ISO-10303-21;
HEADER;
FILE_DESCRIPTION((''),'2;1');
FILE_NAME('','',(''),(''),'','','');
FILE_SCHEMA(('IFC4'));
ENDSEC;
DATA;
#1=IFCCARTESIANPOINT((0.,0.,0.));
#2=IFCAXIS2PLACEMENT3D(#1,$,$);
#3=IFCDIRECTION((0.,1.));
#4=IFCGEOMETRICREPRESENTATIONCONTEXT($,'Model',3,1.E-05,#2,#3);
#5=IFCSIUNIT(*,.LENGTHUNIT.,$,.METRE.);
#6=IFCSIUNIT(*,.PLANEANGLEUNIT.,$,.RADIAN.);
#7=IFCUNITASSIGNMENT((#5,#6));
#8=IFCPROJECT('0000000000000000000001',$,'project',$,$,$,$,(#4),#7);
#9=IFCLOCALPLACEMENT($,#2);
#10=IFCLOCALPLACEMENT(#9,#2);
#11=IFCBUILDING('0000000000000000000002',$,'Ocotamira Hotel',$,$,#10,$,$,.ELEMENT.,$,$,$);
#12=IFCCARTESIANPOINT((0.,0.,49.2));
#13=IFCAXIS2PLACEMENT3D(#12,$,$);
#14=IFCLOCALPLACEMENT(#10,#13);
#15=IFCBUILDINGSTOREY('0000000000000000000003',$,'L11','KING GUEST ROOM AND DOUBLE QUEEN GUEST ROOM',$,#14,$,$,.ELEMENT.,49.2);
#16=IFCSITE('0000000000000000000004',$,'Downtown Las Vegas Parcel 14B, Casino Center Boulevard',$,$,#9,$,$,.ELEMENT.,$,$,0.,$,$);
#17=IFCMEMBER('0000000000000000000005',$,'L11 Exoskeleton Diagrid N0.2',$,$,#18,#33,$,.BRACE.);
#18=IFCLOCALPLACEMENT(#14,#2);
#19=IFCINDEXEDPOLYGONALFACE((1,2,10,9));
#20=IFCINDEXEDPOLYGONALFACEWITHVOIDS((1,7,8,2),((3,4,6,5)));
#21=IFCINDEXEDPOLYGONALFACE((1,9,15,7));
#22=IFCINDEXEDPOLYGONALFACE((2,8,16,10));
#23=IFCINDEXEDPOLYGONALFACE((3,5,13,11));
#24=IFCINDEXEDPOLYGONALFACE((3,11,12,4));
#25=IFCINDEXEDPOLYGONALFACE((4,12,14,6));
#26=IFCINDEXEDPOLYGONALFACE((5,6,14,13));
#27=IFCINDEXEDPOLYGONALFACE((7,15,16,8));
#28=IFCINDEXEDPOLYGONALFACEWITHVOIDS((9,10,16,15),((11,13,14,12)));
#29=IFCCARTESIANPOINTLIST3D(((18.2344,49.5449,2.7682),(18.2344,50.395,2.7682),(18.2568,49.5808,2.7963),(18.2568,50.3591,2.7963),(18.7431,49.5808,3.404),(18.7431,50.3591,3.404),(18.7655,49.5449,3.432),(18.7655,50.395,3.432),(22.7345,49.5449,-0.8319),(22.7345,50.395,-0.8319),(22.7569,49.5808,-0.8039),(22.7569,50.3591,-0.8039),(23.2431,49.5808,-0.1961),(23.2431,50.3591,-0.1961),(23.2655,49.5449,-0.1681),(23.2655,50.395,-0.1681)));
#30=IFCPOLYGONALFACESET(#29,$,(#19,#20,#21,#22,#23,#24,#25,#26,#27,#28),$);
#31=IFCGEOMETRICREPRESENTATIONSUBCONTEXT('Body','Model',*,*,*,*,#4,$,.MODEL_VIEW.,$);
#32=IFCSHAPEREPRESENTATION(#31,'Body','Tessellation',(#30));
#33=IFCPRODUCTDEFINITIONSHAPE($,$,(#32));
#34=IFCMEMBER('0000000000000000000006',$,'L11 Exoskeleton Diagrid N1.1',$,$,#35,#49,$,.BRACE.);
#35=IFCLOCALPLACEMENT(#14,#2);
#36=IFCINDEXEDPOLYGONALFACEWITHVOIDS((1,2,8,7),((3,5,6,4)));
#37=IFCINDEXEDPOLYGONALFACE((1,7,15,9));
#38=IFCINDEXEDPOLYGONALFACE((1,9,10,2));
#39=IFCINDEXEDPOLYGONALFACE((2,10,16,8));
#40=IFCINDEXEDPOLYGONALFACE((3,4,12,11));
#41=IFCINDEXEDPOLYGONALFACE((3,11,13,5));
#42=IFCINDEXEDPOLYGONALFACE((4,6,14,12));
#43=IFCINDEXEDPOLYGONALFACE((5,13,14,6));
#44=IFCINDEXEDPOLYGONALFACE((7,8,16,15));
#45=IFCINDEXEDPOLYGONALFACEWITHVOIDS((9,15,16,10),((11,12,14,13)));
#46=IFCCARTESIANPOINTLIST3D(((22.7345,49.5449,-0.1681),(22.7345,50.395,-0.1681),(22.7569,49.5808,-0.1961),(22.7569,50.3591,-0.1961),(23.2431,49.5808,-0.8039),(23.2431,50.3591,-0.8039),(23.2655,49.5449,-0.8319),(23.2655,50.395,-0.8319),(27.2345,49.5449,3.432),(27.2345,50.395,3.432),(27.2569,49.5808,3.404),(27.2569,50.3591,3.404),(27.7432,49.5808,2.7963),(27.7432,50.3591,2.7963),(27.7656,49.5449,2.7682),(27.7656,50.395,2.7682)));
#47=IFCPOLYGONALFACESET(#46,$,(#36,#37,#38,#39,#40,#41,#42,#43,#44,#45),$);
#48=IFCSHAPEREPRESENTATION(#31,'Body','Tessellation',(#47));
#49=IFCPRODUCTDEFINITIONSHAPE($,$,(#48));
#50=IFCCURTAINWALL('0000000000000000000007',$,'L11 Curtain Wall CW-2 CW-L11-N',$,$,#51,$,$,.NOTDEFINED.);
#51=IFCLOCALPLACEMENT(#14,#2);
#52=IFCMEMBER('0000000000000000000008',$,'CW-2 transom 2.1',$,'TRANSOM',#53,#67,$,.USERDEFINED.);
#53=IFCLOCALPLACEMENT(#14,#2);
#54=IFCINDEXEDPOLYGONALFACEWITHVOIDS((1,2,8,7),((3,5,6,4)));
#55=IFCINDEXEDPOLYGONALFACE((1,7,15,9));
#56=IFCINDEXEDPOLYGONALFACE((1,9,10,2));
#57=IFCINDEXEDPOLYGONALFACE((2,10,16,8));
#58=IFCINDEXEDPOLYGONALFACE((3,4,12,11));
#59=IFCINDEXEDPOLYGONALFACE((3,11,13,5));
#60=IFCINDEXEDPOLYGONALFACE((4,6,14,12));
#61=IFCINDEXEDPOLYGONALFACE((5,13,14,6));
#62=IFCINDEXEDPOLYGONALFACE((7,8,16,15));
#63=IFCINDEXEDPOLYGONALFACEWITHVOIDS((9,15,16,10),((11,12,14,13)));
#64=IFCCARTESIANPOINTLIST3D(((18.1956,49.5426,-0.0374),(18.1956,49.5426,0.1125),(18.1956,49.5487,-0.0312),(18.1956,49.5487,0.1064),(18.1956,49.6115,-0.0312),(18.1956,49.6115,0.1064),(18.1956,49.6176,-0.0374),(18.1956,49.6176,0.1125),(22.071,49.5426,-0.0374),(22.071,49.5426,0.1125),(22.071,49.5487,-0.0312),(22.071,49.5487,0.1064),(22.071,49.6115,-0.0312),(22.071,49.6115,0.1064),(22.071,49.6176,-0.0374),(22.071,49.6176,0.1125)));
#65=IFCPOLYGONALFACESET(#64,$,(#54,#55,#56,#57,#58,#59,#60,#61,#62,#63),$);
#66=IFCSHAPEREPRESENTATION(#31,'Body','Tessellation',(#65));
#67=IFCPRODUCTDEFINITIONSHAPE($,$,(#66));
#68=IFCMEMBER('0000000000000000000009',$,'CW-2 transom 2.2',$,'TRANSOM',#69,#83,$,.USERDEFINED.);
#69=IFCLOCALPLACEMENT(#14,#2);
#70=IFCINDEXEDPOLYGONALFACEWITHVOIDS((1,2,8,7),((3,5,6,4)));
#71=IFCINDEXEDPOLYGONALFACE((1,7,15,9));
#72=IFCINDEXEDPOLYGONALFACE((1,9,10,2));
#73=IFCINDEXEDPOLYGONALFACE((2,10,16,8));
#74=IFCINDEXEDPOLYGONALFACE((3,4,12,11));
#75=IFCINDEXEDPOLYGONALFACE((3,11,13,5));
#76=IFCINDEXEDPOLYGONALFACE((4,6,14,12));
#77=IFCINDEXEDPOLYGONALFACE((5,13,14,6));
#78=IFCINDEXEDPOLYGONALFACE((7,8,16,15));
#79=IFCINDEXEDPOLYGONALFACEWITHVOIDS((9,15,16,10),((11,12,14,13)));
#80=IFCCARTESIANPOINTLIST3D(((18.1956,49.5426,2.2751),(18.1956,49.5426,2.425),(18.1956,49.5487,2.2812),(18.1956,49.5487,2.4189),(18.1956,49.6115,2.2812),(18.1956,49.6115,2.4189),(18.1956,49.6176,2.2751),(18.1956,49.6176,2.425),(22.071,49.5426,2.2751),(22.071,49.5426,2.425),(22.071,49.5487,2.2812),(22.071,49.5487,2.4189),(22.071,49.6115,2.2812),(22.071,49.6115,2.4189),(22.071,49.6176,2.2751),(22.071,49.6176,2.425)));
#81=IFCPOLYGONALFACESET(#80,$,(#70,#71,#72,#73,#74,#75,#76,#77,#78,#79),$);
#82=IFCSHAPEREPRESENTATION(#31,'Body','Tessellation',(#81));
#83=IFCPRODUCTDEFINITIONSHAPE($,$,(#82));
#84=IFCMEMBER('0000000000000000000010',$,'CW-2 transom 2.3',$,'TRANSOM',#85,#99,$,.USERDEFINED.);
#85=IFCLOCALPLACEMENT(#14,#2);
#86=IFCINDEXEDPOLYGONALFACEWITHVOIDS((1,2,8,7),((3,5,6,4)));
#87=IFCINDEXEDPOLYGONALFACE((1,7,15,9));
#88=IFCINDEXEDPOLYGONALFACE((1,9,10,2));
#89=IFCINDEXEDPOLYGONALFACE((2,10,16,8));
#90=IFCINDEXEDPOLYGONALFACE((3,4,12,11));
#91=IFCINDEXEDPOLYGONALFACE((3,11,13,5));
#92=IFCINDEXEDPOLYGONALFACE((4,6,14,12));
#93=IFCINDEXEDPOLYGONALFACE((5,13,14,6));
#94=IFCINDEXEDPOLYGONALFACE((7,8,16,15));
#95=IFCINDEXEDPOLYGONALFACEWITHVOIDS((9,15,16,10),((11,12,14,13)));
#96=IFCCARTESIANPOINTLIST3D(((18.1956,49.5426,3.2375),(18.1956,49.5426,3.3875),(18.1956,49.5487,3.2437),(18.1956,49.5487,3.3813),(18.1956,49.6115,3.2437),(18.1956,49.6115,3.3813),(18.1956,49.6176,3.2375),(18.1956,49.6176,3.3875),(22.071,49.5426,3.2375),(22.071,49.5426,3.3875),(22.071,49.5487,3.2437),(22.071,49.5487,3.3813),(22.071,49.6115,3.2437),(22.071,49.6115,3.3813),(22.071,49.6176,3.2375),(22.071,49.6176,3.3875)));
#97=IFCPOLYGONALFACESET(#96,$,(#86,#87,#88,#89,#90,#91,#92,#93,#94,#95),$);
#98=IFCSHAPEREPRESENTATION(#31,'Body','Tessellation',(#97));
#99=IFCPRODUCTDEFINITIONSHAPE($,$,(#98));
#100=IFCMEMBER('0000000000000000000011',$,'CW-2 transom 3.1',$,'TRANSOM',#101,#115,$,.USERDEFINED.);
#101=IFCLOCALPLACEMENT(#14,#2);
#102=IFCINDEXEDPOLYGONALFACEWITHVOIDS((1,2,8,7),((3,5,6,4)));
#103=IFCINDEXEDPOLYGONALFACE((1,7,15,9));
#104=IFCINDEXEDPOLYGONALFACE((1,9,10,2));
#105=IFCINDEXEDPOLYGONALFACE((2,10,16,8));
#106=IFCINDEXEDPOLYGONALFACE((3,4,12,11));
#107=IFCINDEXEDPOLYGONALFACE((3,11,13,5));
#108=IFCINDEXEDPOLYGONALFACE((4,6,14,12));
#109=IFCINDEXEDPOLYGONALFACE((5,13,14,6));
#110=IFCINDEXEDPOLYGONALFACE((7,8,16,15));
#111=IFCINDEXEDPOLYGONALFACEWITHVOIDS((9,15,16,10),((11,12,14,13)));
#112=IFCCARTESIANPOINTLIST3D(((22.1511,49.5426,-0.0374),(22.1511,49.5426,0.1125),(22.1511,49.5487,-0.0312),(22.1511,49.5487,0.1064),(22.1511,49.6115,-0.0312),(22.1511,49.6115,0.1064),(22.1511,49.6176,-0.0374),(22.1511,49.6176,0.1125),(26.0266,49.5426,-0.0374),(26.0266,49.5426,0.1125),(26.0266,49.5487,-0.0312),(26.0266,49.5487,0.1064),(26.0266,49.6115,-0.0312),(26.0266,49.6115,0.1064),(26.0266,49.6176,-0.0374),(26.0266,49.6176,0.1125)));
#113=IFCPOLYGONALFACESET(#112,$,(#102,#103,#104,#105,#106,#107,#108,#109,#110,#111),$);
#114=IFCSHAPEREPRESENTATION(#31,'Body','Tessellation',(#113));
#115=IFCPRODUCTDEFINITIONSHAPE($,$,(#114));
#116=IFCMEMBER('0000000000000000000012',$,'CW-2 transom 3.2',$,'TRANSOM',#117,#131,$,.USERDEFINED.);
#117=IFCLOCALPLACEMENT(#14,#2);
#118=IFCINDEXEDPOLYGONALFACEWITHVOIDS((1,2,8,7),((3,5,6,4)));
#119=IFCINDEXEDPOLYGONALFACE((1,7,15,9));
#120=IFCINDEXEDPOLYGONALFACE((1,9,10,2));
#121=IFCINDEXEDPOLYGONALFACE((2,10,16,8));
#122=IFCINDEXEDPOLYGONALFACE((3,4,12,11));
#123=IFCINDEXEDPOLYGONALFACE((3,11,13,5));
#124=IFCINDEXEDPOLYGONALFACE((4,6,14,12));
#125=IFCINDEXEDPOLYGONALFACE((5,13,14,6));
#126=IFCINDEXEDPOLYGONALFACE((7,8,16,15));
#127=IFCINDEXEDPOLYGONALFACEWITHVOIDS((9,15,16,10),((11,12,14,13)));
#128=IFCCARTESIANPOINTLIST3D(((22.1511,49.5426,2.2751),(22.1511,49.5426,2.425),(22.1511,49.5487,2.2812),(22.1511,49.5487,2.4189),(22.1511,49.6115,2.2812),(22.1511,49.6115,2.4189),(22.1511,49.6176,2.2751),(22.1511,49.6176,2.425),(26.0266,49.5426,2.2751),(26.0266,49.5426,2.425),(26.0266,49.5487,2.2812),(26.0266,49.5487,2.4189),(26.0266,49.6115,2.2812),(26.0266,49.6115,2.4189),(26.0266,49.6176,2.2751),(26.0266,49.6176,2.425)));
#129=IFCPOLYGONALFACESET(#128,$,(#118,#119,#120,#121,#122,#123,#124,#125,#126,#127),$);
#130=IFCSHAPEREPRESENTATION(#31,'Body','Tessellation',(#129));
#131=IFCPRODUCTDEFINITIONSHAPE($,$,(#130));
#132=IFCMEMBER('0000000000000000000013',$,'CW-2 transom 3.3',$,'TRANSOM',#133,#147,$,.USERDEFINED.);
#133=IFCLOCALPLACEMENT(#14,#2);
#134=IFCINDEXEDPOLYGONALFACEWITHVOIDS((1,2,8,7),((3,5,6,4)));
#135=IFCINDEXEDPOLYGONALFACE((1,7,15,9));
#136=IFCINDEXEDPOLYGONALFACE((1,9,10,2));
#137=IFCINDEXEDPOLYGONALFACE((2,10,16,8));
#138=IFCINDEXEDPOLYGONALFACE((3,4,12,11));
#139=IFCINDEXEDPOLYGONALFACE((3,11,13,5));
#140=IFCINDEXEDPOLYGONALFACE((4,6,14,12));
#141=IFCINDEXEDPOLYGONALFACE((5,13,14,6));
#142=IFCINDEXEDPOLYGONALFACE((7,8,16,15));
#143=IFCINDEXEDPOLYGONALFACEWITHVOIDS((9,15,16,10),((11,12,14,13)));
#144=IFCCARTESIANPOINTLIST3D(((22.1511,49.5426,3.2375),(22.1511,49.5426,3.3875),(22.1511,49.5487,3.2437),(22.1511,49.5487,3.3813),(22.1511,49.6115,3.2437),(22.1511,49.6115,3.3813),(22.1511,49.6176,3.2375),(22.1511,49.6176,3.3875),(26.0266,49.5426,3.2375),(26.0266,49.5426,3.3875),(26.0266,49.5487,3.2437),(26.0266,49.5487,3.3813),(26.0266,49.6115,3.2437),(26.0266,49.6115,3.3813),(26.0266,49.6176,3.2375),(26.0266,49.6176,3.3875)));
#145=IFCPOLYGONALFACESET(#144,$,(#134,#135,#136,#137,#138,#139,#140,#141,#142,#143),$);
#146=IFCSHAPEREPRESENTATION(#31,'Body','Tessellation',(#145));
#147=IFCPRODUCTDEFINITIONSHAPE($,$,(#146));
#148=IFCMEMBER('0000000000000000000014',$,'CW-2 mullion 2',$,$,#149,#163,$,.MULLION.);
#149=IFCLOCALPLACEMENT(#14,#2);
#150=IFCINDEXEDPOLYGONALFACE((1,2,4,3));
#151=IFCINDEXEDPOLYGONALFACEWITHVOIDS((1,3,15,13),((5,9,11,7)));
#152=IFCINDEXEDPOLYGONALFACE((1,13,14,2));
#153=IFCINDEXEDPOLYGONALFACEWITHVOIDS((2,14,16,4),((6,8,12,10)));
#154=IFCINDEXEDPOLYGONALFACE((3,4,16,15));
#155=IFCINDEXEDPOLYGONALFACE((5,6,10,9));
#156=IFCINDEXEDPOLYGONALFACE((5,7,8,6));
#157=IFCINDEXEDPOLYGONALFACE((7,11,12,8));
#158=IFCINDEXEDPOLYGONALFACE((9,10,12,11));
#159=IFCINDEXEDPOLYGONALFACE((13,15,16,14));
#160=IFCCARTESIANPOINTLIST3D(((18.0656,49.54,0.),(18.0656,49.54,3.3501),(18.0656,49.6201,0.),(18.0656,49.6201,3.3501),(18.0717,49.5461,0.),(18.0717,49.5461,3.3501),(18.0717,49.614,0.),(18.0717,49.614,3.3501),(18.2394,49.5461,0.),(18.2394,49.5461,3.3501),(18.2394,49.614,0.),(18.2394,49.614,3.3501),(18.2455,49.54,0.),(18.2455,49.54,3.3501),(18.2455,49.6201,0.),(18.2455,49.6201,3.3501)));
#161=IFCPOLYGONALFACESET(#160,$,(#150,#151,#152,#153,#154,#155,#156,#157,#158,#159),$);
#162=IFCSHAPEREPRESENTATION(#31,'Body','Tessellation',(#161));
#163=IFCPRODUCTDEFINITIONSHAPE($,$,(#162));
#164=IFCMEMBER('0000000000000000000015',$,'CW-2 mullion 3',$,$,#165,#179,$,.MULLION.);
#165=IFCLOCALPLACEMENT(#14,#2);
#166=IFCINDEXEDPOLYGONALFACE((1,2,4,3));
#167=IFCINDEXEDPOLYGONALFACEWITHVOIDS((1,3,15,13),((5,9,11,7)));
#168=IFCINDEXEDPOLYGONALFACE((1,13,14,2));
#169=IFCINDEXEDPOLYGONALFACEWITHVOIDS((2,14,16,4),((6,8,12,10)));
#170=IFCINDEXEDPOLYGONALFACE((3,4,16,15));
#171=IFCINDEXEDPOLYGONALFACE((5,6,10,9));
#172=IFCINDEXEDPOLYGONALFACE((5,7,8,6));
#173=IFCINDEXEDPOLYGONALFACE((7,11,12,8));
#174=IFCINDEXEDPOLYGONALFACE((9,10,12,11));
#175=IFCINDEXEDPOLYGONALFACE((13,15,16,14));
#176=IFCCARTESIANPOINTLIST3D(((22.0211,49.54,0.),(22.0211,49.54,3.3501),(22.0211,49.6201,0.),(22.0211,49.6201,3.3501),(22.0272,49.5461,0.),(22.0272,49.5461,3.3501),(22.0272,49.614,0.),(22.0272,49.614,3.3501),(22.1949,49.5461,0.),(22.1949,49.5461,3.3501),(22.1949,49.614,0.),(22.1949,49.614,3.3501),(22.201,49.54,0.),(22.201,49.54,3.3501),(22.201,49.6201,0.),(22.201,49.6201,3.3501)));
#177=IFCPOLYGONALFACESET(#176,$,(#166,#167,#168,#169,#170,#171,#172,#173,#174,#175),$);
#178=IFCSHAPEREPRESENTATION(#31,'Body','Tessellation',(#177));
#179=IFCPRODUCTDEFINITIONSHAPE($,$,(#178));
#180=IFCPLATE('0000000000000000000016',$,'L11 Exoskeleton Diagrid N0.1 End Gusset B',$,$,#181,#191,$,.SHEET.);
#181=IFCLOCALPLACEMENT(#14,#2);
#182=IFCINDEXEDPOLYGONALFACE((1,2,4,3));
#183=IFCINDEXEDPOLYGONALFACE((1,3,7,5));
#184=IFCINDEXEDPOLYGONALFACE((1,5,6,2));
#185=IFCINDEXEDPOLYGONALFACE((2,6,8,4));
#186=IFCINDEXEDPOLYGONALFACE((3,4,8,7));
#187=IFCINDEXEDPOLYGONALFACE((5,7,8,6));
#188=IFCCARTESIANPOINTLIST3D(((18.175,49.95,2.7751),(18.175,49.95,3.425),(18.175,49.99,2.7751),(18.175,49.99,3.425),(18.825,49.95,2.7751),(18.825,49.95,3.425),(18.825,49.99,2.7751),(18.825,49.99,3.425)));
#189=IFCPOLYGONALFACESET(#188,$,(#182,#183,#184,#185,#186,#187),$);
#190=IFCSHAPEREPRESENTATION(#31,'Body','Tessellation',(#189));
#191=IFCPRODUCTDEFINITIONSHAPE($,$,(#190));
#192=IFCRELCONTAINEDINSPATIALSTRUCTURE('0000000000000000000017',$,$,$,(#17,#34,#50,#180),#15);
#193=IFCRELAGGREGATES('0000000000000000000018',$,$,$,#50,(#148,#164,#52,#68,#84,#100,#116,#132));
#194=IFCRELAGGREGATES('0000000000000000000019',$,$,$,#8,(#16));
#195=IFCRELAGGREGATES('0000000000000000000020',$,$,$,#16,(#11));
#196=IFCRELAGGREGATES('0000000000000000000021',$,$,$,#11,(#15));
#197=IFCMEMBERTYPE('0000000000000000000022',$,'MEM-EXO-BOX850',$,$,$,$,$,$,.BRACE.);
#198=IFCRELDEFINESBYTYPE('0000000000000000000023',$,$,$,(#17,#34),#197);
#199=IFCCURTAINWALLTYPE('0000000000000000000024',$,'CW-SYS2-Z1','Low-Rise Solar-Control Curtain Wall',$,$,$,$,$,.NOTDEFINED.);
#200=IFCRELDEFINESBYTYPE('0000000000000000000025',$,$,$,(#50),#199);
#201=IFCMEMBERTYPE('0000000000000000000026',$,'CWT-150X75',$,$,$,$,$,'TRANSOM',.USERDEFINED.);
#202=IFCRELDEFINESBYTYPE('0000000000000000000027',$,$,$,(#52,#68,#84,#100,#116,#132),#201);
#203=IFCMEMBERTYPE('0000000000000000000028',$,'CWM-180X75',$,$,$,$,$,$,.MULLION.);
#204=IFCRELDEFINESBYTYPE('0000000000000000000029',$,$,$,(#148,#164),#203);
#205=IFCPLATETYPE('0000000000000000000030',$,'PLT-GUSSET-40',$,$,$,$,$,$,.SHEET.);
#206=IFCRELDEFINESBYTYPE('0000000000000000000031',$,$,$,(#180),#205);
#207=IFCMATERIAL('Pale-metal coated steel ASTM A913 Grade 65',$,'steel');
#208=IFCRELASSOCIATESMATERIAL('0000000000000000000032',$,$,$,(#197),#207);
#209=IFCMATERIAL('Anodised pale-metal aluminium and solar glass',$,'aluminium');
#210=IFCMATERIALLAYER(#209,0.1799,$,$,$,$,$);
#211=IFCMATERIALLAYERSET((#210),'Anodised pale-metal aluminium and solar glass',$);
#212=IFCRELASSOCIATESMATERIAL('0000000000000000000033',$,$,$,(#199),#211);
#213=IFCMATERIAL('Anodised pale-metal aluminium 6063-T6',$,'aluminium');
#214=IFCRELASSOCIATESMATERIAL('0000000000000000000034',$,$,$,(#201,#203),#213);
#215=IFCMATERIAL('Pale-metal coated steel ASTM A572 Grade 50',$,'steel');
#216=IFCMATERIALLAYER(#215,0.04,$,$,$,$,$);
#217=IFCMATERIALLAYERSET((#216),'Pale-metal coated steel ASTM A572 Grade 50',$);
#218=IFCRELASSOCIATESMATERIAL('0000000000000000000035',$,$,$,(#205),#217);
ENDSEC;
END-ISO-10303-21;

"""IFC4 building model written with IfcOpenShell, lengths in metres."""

from ifc_helpers import new_model, si_unit, direction, frame, origin, origin_2d, place, context, subcontext, project, spatial, rectangle, hollow_rectangle, extrude, source, transform, mapped, material, layer, layer_set, material_profile, profile_set, type_object, element, aggregate, save


model = new_model("IFC4")

# Units and contexts
model_context = context("Model", 3, precision=1e-05, world=origin(), true_north=direction((0.0, 1.0)))
body_context = subcontext(model_context, "Body", "Model", "MODEL_VIEW")
ifc_project = project(units=[si_unit("LENGTHUNIT", "METRE"), si_unit("PLANEANGLEUNIT", "RADIAN")], contexts=[model_context])

# Site, building, storey
site_placement = place(None, origin())
site = spatial("IfcSite", under=ifc_project, at=site_placement, Name="Downtown Las Vegas Parcel 14B, Casino Center Boulevard", CompositionType="ELEMENT", RefElevation=0.0)
building_placement = place(site_placement, origin())
building = spatial("IfcBuilding", under=site, at=building_placement, Name="Ocotamira Hotel", CompositionType="ELEMENT")
storey_placement = place(building_placement, frame((0.0, 0.0, 49.2)))
storey = spatial("IfcBuildingStorey", under=building, at=storey_placement, Name="L11", Description="KING GUEST ROOM AND DOUBLE QUEEN GUEST ROOM", CompositionType="ELEMENT", Elevation=49.2)

# Members
ifc_material_1 = material(Name="Pale-metal coated steel ASTM A913 Grade 65", Category="steel")
ifc_material_profile_1 = material_profile(ifc_material_1, hollow_rectangle(XDim=0.8501, YDim=0.8501, WallThickness=0.0359, at=origin_2d()), Name="BOX850X850X36")
ifc_profile_set_1 = profile_set([ifc_material_profile_1], Name="Pale-metal coated steel ASTM A913 Grade 65")
member_type_1 = type_object("IfcMemberType", Name="MEM-EXO-BOX850", PredefinedType="BRACE", material=ifc_profile_set_1)
shared_shape_1 = source(origin(), body_context, "Body", "SweptSolid", [
    extrude(hollow_rectangle(XDim=0.8501, YDim=0.8501, WallThickness=0.0359, at=origin_2d()), origin(), (0.0, 0.0, 1.0), 5.7629),
])
for number, where, z_axis, x_axis, name in (
    (1, (23.0, 49.97, -0.5), (-0.780861, 0.0, 0.624705), (0.0, -1.0, 0.0), "L11 Exoskeleton Diagrid N0.2"),
    (2, (23.0, 49.97, -0.5), (0.780861, 0.0, 0.624705), (0.0, 1.0, 0.0), "L11 Exoskeleton Diagrid N1.1"),
):
    element("IfcMember", number, at=place(storey_placement, frame(where, z_axis=z_axis, x_axis=x_axis)), inside=storey, type_object=member_type_1, Name=name, PredefinedType="BRACE", context=body_context, shape_type="MappedRepresentation", body=[
        mapped(shared_shape_1, transform((0.0, 0.0, 0.0), scale=1.0)),
    ])

# Curtain wall, members
ifc_material_2 = material(Name="Anodised pale-metal aluminium and solar glass", Category="aluminium")
ifc_layer_1 = layer(ifc_material_2, 0.1799)
ifc_layer_set_1 = layer_set([ifc_layer_1], Name="Anodised pale-metal aluminium and solar glass")
curtain_wall_type = type_object("IfcCurtainWallType", Name="CW-SYS2-Z1", Description="Low-Rise Solar-Control Curtain Wall", PredefinedType="NOTDEFINED", material=ifc_layer_set_1)
curtain_wall_placement = place(storey_placement, origin())
curtain_wall = element("IfcCurtainWall", 3, at=curtain_wall_placement, inside=storey, type_object=curtain_wall_type, Name="L11 Curtain Wall CW-2 CW-L11-N", PredefinedType="NOTDEFINED")
ifc_material_3 = material(Name="Anodised pale-metal aluminium 6063-T6", Category="aluminium")
ifc_material_profile_2 = material_profile(ifc_material_3, hollow_rectangle(XDim=0.075, YDim=0.1499, WallThickness=0.0061, at=origin_2d()), Name="HSS150X75X6")
ifc_profile_set_2 = profile_set([ifc_material_profile_2], Name="Anodised pale-metal aluminium 6063-T6")
member_type_2 = type_object("IfcMemberType", Name="CWT-150X75", ElementType="TRANSOM", PredefinedType="USERDEFINED", material=ifc_profile_set_2)
shared_shape_2 = source(origin(), body_context, "Body", "SweptSolid", [
    extrude(hollow_rectangle(XDim=0.075, YDim=0.1499, WallThickness=0.0061, at=origin_2d()), origin(), (0.0, 0.0, 1.0), 3.8755),
])
member_1_placement = place(storey_placement, frame((18.1956, 49.5801, 0.0376), z_axis=(1.0, 0.0, 0.0), x_axis=(0.0, 1.0, 0.0)))
member_1 = element("IfcMember", 4, at=member_1_placement, type_object=member_type_2, Name="CW-2 transom 2.1", ObjectType="TRANSOM", PredefinedType="USERDEFINED", context=body_context, shape_type="MappedRepresentation", body=[
    mapped(shared_shape_2, transform((0.0, 0.0, 0.0), scale=1.0)),
])
member_2_placement = place(storey_placement, frame((18.1956, 49.5801, 2.3501), z_axis=(1.0, 0.0, 0.0), x_axis=(0.0, 1.0, 0.0)))
member_2 = element("IfcMember", 5, at=member_2_placement, type_object=member_type_2, Name="CW-2 transom 2.2", ObjectType="TRANSOM", PredefinedType="USERDEFINED", context=body_context, shape_type="MappedRepresentation", body=[
    mapped(shared_shape_2, transform((0.0, 0.0, 0.0), scale=1.0)),
])
member_3_placement = place(storey_placement, frame((18.1956, 49.5801, 3.3125), z_axis=(1.0, 0.0, 0.0), x_axis=(0.0, 1.0, 0.0)))
member_3 = element("IfcMember", 6, at=member_3_placement, type_object=member_type_2, Name="CW-2 transom 2.3", ObjectType="TRANSOM", PredefinedType="USERDEFINED", context=body_context, shape_type="MappedRepresentation", body=[
    mapped(shared_shape_2, transform((0.0, 0.0, 0.0), scale=1.0)),
])
member_4_placement = place(storey_placement, frame((22.1511, 49.5801, 0.0376), z_axis=(1.0, 0.0, 0.0), x_axis=(0.0, 1.0, 0.0)))
member_4 = element("IfcMember", 7, at=member_4_placement, type_object=member_type_2, Name="CW-2 transom 3.1", ObjectType="TRANSOM", PredefinedType="USERDEFINED", context=body_context, shape_type="MappedRepresentation", body=[
    mapped(shared_shape_2, transform((0.0, 0.0, 0.0), scale=1.0)),
])
member_5_placement = place(storey_placement, frame((22.1511, 49.5801, 2.3501), z_axis=(1.0, 0.0, 0.0), x_axis=(0.0, 1.0, 0.0)))
member_5 = element("IfcMember", 8, at=member_5_placement, type_object=member_type_2, Name="CW-2 transom 3.2", ObjectType="TRANSOM", PredefinedType="USERDEFINED", context=body_context, shape_type="MappedRepresentation", body=[
    mapped(shared_shape_2, transform((0.0, 0.0, 0.0), scale=1.0)),
])
member_6_placement = place(storey_placement, frame((22.1511, 49.5801, 3.3125), z_axis=(1.0, 0.0, 0.0), x_axis=(0.0, 1.0, 0.0)))
member_6 = element("IfcMember", 9, at=member_6_placement, type_object=member_type_2, Name="CW-2 transom 3.3", ObjectType="TRANSOM", PredefinedType="USERDEFINED", context=body_context, shape_type="MappedRepresentation", body=[
    mapped(shared_shape_2, transform((0.0, 0.0, 0.0), scale=1.0)),
])
ifc_material_profile_3 = material_profile(ifc_material_3, hollow_rectangle(XDim=0.0801, YDim=0.1799, WallThickness=0.0061, at=origin_2d()), Name="HSS180X80X6")
ifc_profile_set_3 = profile_set([ifc_material_profile_3], Name="Anodised pale-metal aluminium 6063-T6")
member_type_3 = type_object("IfcMemberType", Name="CWM-180X75", PredefinedType="MULLION", material=ifc_profile_set_3)
shared_shape_3 = source(origin(), body_context, "Body", "SweptSolid", [
    extrude(hollow_rectangle(XDim=0.0801, YDim=0.1799, WallThickness=0.0061, at=origin_2d()), origin(), (0.0, 0.0, 1.0), 3.3501),
])
member_7_placement = place(storey_placement, frame((18.1555, 49.5801, 0.0), z_axis=(0.0, 0.0, 1.0), x_axis=(0.0, 1.0, 0.0)))
member_7 = element("IfcMember", 10, at=member_7_placement, type_object=member_type_3, Name="CW-2 mullion 2", PredefinedType="MULLION", context=body_context, shape_type="MappedRepresentation", body=[
    mapped(shared_shape_3, transform((0.0, 0.0, 0.0), scale=1.0)),
])
member_8_placement = place(storey_placement, frame((22.1111, 49.5801, 0.0), z_axis=(0.0, 0.0, 1.0), x_axis=(0.0, 1.0, 0.0)))
member_8 = element("IfcMember", 11, at=member_8_placement, type_object=member_type_3, Name="CW-2 mullion 3", PredefinedType="MULLION", context=body_context, shape_type="MappedRepresentation", body=[
    mapped(shared_shape_3, transform((0.0, 0.0, 0.0), scale=1.0)),
])

# Plate
ifc_material_4 = material(Name="Pale-metal coated steel ASTM A572 Grade 50", Category="steel")
ifc_layer_2 = layer(ifc_material_4, 0.04)
ifc_layer_set_2 = layer_set([ifc_layer_2], Name="Pale-metal coated steel ASTM A572 Grade 50")
plate_type_1 = type_object("IfcPlateType", Name="PLT-GUSSET-40", PredefinedType="SHEET", material=ifc_layer_set_2)
shared_shape_4 = source(origin(), body_context, "Body", "SweptSolid", [
    extrude(rectangle(XDim=0.6499, YDim=0.04, at=origin_2d()), origin(), (0.0, 0.0, 1.0), 0.6499),
])
plate_1_placement = place(storey_placement, frame((18.5, 49.97, 2.7751), z_axis=(0.0, 0.0, 1.0), x_axis=(1.0, 0.0, 0.0)))
element("IfcPlate", 12, at=plate_1_placement, inside=storey, type_object=plate_type_1, Name="L11 Exoskeleton Diagrid N0.1 End Gusset B", PredefinedType="SHEET", context=body_context, shape_type="MappedRepresentation", body=[
    mapped(shared_shape_4, transform((0.0, 0.0, 0.0), scale=1.0)),
])
aggregate(curtain_wall, [member_7, member_8, member_1, member_2, member_3, member_4, member_5, member_6])

save(model, "model.ifc")
